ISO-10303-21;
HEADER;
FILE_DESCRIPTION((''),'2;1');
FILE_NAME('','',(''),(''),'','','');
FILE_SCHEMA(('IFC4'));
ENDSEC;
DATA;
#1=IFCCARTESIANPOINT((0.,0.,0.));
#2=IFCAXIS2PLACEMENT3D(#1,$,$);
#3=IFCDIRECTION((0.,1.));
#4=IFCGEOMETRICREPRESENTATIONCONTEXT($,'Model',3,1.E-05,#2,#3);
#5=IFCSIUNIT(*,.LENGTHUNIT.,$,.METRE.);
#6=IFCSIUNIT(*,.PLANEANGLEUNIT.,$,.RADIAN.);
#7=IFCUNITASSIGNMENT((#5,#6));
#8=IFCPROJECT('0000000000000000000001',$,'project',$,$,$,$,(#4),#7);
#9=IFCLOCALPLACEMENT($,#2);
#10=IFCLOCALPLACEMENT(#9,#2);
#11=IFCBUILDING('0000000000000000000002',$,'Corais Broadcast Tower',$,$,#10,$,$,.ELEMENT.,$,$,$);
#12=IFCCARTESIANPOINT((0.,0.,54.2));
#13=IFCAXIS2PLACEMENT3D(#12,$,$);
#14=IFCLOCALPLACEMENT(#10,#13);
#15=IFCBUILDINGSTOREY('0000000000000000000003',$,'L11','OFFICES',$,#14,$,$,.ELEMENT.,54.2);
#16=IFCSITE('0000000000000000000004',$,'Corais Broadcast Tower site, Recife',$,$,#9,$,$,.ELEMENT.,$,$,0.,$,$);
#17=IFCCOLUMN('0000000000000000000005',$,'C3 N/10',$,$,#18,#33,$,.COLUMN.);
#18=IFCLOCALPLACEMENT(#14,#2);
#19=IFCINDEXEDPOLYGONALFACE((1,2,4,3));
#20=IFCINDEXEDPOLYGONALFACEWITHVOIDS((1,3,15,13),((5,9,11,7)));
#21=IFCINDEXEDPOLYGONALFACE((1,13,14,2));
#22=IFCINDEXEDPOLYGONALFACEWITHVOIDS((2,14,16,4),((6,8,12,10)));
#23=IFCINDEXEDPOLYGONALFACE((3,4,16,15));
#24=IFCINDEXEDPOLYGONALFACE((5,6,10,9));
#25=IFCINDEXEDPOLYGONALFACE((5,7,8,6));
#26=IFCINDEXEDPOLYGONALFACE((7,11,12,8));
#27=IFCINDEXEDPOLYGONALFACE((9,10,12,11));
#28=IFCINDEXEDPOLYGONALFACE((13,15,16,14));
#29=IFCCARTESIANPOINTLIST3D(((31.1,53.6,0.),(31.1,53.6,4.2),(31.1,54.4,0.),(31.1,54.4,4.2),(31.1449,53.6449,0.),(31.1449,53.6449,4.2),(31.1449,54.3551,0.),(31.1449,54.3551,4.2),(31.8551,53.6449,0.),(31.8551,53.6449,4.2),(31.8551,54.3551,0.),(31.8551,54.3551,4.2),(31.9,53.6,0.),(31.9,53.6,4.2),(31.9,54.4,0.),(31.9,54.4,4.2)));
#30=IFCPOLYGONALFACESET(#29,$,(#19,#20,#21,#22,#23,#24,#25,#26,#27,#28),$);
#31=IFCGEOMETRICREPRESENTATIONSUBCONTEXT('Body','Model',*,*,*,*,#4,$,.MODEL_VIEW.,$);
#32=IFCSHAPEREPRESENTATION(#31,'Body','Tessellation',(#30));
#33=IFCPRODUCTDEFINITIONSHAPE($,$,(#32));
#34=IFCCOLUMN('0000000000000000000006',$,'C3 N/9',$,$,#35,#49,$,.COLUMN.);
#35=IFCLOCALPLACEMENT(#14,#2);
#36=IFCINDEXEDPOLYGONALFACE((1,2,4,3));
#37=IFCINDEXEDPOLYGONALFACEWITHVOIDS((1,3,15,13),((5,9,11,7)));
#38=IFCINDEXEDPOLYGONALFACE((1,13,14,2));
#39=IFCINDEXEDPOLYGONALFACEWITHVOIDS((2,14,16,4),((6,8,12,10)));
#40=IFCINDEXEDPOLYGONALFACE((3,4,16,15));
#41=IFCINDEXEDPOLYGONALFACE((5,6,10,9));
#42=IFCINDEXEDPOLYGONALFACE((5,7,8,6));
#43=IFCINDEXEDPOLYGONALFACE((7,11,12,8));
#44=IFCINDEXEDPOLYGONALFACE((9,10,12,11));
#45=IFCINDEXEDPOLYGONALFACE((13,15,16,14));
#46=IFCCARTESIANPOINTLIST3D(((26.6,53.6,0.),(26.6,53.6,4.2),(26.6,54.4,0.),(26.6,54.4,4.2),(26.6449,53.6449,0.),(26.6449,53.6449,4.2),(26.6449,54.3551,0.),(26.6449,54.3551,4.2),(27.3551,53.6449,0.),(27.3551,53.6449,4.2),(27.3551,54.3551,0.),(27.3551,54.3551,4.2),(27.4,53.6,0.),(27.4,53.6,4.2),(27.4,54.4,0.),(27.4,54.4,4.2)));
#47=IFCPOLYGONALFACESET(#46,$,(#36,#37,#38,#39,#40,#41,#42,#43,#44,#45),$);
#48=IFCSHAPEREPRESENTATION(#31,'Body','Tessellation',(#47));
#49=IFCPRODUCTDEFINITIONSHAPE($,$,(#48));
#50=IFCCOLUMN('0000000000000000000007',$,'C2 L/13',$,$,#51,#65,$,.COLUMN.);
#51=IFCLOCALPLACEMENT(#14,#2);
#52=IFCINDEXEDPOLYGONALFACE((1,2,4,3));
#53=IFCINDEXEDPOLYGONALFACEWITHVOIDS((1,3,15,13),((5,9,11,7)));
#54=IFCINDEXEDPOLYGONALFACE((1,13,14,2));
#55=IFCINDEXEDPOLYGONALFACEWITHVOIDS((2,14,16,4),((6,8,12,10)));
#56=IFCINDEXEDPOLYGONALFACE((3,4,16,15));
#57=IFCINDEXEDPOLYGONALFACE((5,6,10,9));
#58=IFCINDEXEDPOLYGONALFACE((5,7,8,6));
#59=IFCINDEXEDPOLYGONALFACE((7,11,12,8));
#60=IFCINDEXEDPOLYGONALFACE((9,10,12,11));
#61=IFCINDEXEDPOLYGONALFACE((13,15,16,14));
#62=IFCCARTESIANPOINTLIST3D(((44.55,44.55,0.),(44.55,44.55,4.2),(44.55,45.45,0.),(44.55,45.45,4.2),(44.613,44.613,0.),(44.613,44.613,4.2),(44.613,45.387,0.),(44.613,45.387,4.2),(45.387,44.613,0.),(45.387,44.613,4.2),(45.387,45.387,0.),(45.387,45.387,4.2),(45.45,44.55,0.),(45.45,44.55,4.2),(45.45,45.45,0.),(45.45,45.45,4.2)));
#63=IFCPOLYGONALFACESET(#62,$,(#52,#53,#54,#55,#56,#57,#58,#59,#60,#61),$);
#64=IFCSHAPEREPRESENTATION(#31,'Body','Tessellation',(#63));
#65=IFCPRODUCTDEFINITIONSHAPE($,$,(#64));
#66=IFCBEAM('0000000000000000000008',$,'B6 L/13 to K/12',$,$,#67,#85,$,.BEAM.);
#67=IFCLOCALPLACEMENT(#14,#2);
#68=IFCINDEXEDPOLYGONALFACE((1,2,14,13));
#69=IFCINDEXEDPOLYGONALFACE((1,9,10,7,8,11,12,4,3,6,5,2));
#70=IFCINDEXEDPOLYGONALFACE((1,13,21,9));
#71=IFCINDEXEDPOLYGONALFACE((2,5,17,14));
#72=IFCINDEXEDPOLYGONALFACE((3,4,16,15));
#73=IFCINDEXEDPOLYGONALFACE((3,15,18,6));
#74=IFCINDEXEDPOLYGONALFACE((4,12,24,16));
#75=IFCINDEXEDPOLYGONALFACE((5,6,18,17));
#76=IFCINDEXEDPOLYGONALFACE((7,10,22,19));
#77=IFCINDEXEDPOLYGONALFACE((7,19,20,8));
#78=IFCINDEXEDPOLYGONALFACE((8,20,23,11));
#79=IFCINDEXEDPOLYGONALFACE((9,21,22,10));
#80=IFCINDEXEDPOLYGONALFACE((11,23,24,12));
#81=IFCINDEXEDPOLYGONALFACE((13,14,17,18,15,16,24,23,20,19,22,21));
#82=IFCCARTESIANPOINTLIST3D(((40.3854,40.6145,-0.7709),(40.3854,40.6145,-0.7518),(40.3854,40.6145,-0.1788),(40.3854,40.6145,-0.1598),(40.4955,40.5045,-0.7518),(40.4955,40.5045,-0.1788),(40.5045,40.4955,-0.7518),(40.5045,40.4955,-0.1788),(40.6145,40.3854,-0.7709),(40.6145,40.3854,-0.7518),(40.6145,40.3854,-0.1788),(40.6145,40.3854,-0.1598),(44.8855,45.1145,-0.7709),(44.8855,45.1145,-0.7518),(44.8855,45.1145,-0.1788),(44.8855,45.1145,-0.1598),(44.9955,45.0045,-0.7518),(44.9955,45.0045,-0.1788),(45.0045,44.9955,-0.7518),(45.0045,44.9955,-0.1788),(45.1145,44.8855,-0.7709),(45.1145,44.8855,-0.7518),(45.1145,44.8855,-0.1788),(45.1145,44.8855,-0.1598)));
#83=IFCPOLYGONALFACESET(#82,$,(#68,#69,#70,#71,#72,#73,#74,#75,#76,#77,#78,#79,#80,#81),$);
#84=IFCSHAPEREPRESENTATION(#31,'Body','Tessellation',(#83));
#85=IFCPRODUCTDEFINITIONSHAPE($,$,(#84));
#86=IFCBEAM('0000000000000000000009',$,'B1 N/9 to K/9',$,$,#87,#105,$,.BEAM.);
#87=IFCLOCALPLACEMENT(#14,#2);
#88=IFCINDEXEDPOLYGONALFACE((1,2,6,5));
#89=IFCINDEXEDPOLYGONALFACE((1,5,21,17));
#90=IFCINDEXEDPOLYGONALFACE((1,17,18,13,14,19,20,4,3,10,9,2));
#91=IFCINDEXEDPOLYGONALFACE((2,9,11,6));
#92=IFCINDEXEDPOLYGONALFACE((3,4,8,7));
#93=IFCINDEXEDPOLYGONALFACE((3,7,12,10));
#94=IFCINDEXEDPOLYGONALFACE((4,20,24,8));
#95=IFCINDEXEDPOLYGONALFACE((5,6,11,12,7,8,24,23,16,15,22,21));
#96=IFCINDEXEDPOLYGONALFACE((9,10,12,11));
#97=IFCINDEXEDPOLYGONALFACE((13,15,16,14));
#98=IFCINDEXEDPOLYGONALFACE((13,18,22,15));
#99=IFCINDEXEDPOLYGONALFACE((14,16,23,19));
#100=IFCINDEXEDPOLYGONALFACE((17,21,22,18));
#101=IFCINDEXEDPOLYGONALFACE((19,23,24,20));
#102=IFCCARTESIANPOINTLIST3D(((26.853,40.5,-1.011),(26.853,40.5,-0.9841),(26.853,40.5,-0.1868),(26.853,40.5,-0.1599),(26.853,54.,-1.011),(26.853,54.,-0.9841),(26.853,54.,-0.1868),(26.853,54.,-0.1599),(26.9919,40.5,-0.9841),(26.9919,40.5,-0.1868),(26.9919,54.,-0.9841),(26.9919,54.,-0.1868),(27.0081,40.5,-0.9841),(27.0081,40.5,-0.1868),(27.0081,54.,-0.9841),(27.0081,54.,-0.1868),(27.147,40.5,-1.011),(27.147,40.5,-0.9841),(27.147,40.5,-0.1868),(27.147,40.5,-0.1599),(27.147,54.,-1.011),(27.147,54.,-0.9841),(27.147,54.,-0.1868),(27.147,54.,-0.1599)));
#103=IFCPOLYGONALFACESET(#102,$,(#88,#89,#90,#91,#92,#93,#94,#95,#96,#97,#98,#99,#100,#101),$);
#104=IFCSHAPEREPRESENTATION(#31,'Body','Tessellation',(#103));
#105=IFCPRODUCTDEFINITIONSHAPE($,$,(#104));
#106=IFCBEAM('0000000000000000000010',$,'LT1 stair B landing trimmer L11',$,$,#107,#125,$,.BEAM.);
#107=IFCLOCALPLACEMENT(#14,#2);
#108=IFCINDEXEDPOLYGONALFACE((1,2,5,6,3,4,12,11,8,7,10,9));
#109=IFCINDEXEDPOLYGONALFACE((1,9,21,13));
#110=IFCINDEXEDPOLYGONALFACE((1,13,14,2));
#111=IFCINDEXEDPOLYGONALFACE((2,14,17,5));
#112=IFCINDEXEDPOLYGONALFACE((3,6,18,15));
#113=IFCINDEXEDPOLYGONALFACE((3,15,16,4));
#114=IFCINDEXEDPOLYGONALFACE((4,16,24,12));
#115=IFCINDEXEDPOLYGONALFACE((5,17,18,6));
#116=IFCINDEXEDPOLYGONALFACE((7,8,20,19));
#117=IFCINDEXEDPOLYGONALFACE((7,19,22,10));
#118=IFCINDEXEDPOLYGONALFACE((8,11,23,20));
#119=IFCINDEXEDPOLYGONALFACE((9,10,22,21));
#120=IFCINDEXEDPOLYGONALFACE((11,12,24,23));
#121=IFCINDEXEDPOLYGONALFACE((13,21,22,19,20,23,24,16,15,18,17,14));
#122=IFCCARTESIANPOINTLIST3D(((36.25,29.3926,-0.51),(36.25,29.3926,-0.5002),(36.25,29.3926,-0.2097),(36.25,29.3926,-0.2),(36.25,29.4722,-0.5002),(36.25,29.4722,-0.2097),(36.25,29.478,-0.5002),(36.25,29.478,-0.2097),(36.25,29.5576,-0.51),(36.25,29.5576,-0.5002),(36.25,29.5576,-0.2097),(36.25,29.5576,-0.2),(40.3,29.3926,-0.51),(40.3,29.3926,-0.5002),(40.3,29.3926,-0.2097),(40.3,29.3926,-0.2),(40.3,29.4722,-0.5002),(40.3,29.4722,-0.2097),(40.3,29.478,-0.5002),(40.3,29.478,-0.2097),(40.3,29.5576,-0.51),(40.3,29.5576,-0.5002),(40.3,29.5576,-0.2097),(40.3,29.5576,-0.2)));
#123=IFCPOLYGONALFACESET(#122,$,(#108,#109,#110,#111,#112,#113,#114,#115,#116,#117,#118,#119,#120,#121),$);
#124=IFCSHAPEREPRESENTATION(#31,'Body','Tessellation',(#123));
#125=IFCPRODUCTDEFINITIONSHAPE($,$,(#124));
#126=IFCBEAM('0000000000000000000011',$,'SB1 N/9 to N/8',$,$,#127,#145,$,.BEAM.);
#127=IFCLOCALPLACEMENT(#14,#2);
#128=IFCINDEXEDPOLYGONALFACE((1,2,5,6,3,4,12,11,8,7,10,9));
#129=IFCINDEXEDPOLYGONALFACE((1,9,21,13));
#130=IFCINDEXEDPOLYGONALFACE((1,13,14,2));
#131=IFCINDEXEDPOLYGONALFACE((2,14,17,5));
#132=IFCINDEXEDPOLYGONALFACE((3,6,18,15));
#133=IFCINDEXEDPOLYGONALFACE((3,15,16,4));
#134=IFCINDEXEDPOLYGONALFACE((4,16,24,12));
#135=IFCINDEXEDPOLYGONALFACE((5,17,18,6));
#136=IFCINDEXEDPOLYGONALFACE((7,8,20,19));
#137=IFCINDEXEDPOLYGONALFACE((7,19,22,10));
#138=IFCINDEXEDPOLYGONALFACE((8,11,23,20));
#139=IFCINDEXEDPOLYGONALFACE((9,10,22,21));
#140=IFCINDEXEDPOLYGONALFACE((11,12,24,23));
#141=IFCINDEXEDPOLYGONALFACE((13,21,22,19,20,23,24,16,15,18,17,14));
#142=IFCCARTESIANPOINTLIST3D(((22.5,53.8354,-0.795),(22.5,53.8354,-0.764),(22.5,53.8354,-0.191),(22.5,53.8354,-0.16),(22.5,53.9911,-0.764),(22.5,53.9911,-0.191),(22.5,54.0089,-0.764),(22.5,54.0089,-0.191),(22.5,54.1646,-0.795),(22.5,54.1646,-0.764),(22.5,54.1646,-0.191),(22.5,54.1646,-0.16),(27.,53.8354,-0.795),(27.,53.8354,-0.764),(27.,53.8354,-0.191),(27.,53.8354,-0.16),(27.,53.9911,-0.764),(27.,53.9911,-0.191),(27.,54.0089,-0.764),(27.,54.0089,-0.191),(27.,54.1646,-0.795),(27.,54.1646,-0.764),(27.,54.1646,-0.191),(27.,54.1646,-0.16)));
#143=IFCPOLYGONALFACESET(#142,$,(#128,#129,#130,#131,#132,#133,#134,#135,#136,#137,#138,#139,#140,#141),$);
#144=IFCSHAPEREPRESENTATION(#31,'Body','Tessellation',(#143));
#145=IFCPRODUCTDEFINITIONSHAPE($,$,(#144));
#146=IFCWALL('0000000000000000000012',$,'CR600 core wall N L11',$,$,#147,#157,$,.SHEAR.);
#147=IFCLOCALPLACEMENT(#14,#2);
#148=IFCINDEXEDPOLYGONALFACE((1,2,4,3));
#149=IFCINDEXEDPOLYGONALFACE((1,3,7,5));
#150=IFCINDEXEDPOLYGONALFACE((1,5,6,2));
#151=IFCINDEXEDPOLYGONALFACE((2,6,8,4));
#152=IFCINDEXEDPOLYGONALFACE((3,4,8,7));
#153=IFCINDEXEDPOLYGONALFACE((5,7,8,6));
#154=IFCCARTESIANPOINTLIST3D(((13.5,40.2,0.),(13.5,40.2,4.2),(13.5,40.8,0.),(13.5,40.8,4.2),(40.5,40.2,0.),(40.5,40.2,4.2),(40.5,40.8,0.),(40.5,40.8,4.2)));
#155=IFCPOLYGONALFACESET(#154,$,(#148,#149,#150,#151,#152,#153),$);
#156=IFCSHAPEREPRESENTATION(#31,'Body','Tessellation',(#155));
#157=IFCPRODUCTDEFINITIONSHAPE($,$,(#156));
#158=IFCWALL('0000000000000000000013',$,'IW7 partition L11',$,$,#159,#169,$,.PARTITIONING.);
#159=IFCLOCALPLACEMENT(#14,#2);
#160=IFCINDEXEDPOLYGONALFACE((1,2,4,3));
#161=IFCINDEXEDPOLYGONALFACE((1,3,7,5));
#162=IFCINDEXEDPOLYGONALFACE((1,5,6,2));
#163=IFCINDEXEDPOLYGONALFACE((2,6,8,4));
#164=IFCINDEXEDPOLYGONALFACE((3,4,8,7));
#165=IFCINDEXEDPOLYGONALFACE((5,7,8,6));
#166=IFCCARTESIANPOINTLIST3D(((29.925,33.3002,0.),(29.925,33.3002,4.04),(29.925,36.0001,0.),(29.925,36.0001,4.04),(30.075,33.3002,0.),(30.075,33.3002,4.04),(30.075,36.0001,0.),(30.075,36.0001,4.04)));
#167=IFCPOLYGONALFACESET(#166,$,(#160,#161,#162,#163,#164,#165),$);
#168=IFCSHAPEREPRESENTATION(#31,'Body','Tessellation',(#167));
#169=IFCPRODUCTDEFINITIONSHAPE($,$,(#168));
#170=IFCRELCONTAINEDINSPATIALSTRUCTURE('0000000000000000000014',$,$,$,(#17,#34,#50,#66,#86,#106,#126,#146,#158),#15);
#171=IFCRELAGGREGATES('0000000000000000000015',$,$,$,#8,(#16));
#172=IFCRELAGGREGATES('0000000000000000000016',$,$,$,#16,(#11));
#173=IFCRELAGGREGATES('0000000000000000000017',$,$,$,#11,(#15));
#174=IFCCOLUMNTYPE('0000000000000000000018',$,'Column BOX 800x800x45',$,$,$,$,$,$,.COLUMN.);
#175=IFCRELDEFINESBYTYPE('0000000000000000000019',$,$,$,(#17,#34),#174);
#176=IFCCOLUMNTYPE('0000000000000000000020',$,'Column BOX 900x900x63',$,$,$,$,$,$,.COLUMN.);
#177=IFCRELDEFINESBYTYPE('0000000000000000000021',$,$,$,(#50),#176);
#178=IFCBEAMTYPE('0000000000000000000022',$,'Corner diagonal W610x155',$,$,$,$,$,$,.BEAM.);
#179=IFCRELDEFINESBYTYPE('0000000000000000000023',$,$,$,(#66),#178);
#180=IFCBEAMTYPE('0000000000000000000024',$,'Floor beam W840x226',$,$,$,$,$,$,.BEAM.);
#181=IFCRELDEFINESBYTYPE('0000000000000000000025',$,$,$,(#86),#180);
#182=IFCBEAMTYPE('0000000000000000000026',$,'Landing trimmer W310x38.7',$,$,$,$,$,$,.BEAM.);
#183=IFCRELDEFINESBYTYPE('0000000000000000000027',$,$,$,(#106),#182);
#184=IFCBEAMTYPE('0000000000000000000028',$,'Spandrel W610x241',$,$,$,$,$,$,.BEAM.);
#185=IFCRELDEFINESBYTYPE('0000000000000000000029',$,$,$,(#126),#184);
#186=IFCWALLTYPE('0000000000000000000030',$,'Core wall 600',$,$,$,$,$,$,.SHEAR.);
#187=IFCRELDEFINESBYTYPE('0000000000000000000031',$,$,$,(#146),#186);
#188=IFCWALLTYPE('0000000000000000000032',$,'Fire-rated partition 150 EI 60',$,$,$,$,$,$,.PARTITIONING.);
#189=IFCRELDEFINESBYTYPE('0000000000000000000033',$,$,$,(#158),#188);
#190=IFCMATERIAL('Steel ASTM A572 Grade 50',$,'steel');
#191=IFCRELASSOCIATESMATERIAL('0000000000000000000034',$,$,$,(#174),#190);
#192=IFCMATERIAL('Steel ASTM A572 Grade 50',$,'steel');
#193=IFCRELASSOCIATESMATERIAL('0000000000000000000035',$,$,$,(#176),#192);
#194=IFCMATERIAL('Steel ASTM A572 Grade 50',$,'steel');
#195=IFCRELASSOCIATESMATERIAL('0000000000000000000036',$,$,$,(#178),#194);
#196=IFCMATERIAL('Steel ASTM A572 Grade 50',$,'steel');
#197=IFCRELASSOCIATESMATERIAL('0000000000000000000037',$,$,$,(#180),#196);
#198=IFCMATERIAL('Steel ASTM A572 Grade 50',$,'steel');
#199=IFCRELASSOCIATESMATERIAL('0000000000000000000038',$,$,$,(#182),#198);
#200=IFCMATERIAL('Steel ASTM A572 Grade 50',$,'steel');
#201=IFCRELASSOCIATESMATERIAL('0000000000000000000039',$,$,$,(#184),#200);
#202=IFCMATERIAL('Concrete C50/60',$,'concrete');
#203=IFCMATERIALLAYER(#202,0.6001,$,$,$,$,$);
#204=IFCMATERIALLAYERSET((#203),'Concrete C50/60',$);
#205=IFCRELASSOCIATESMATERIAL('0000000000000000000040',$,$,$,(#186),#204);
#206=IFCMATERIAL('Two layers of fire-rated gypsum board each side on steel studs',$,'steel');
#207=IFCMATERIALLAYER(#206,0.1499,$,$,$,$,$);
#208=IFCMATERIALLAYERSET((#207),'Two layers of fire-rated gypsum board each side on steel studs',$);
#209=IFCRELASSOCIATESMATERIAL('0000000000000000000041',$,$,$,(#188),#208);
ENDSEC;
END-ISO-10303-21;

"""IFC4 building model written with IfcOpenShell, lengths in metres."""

from ifc_helpers import new_model, si_unit, direction, frame, frame_2d, origin, origin_2d, place, context, subcontext, project, spatial, rectangle, hollow_rectangle, i_section, extrude, material, layer, layer_set, material_profile, profile_set, type_object, element, save


model = new_model("IFC4")

# Units and contexts
model_context = context("Model", 3, precision=1e-05, world=origin(), true_north=direction((0.0, 1.0)))
body_context = subcontext(model_context, "Body", "Model", "MODEL_VIEW")
ifc_project = project(units=[si_unit("LENGTHUNIT", "METRE"), si_unit("PLANEANGLEUNIT", "RADIAN")], contexts=[model_context])

# Site, building, storey
site_placement = place(None, origin())
site = spatial("IfcSite", under=ifc_project, at=site_placement, Name="Corais Broadcast Tower site, Recife", CompositionType="ELEMENT", RefElevation=0.0)
building_placement = place(site_placement, origin())
building = spatial("IfcBuilding", under=site, at=building_placement, Name="Corais Broadcast Tower", CompositionType="ELEMENT")
storey_placement = place(building_placement, frame((0.0, 0.0, 54.2)))
storey = spatial("IfcBuildingStorey", under=building, at=storey_placement, Name="L11", Description="OFFICES", CompositionType="ELEMENT", Elevation=54.2)

# Columns
ifc_material_1 = material(Name="Steel ASTM A572 Grade 50", Category="steel")
ifc_material_profile_1 = material_profile(ifc_material_1, hollow_rectangle(XDim=0.8, YDim=0.8, WallThickness=0.0449, at=origin_2d()), Name="BOX 800x800x45")
ifc_profile_set_1 = profile_set([ifc_material_profile_1], Name="Steel ASTM A572 Grade 50")
column_type_1 = type_object("IfcColumnType", Name="Column BOX 800x800x45", PredefinedType="COLUMN", material=ifc_profile_set_1)
for number, where, z_axis, x_axis, name in (
    (1, (31.5, 54.0, 0.0), (0.0, 0.0, 1.0), (1.0, 0.0, 0.0), "C3 N/10"),
    (2, (27.0, 54.0, 0.0), (0.0, 0.0, 1.0), (1.0, 0.0, 0.0), "C3 N/9"),
):
    element("IfcColumn", number, at=place(storey_placement, frame(where, z_axis=z_axis, x_axis=x_axis)), inside=storey, type_object=column_type_1, Name=name, PredefinedType="COLUMN", context=body_context, shape_type="SweptSolid", body=[
        extrude(hollow_rectangle(XDim=0.8, YDim=0.8, WallThickness=0.0449, at=origin_2d()), origin(), (0.0, 0.0, 1.0), 4.2),
    ])
ifc_material_2 = material(Name="Steel ASTM A572 Grade 50", Category="steel")
ifc_material_profile_2 = material_profile(ifc_material_2, hollow_rectangle(XDim=0.8999, YDim=0.8999, WallThickness=0.063, at=origin_2d()), Name="BOX 900x900x63")
ifc_profile_set_2 = profile_set([ifc_material_profile_2], Name="Steel ASTM A572 Grade 50")
column_type_2 = type_object("IfcColumnType", Name="Column BOX 900x900x63", PredefinedType="COLUMN", material=ifc_profile_set_2)
column_placement = place(storey_placement, frame((45.0, 45.0, 0.0), z_axis=(0.0, 0.0, 1.0), x_axis=(1.0, 0.0, 0.0)))
element("IfcColumn", 3, at=column_placement, inside=storey, type_object=column_type_2, Name="C2 L/13", PredefinedType="COLUMN", context=body_context, shape_type="SweptSolid", body=[
    extrude(hollow_rectangle(XDim=0.8999, YDim=0.8999, WallThickness=0.063, at=origin_2d()), origin(), (0.0, 0.0, 1.0), 4.2),
])

# Beams
ifc_material_3 = material(Name="Steel ASTM A572 Grade 50", Category="steel")
ifc_material_profile_3 = material_profile(ifc_material_3, i_section(OverallWidth=0.324, OverallDepth=0.6111, WebThickness=0.0127, FlangeThickness=0.019, at=origin_2d()), Name="W610x155")
ifc_profile_set_3 = profile_set([ifc_material_profile_3], Name="Steel ASTM A572 Grade 50")
beam_type_1 = type_object("IfcBeamType", Name="Corner diagonal W610x155", PredefinedType="BEAM", material=ifc_profile_set_3)
beam_1_placement = place(storey_placement, frame((45.0, 45.0, -0.4653), z_axis=(-0.707107, -0.707107, 0.0), x_axis=(0.707107, -0.707107, 0.0)))
element("IfcBeam", 4, at=beam_1_placement, inside=storey, type_object=beam_type_1, Name="B6 L/13 to K/12", PredefinedType="BEAM", context=body_context, shape_type="SweptSolid", body=[
    extrude(i_section(OverallWidth=0.324, OverallDepth=0.6111, WebThickness=0.0127, FlangeThickness=0.019, at=origin_2d()), origin(), (0.0, 0.0, 1.0), 6.364),
])
ifc_material_4 = material(Name="Steel ASTM A572 Grade 50", Category="steel")
ifc_material_profile_4 = material_profile(ifc_material_4, i_section(OverallWidth=0.2939, OverallDepth=0.8511, WebThickness=0.0161, FlangeThickness=0.0269, at=origin_2d()), Name="W840x226")
ifc_profile_set_4 = profile_set([ifc_material_profile_4], Name="Steel ASTM A572 Grade 50")
beam_type_2 = type_object("IfcBeamType", Name="Floor beam W840x226", PredefinedType="BEAM", material=ifc_profile_set_4)
beam_2_placement = place(storey_placement, frame((27.0, 54.0, -0.5854), z_axis=(0.0, -1.0, 0.0), x_axis=(1.0, 0.0, 0.0)))
element("IfcBeam", 5, at=beam_2_placement, inside=storey, type_object=beam_type_2, Name="B1 N/9 to K/9", PredefinedType="BEAM", context=body_context, shape_type="SweptSolid", body=[
    extrude(i_section(OverallWidth=0.2939, OverallDepth=0.8511, WebThickness=0.0161, FlangeThickness=0.0269, at=origin_2d()), origin(), (0.0, 0.0, 1.0), 13.5),
])
ifc_material_5 = material(Name="Steel ASTM A572 Grade 50", Category="steel")
ifc_material_profile_5 = material_profile(ifc_material_5, i_section(OverallWidth=0.165, OverallDepth=0.3101, WebThickness=0.0059, FlangeThickness=0.0098, at=origin_2d()), Name="W310x38.7")
ifc_profile_set_5 = profile_set([ifc_material_profile_5], Name="Steel ASTM A572 Grade 50")
beam_type_3 = type_object("IfcBeamType", Name="Landing trimmer W310x38.7", PredefinedType="BEAM", material=ifc_profile_set_5)
beam_3_placement = place(storey_placement, frame((36.25, 29.4751, -0.355), z_axis=(1.0, 0.0, 0.0), x_axis=(0.0, 1.0, 0.0)))
element("IfcBeam", 6, at=beam_3_placement, inside=storey, type_object=beam_type_3, Name="LT1 stair B landing trimmer L11", PredefinedType="BEAM", context=body_context, shape_type="SweptSolid", body=[
    extrude(i_section(OverallWidth=0.165, OverallDepth=0.3101, WebThickness=0.0059, FlangeThickness=0.0098, at=origin_2d()), origin(), (0.0, 0.0, 1.0), 4.05),
])
ifc_material_6 = material(Name="Steel ASTM A572 Grade 50", Category="steel")
ifc_material_profile_6 = material_profile(ifc_material_6, i_section(OverallWidth=0.3291, OverallDepth=0.635, WebThickness=0.0178, FlangeThickness=0.031, at=origin_2d()), Name="W610x241")
ifc_profile_set_6 = profile_set([ifc_material_profile_6], Name="Steel ASTM A572 Grade 50")
beam_type_4 = type_object("IfcBeamType", Name="Spandrel W610x241", PredefinedType="BEAM", material=ifc_profile_set_6)
beam_4_placement = place(storey_placement, frame((27.0, 54.0, -0.4775), z_axis=(-1.0, 0.0, 0.0), x_axis=(0.0, -1.0, 0.0)))
element("IfcBeam", 7, at=beam_4_placement, inside=storey, type_object=beam_type_4, Name="SB1 N/9 to N/8", PredefinedType="BEAM", context=body_context, shape_type="SweptSolid", body=[
    extrude(i_section(OverallWidth=0.3291, OverallDepth=0.635, WebThickness=0.0178, FlangeThickness=0.031, at=origin_2d()), origin(), (0.0, 0.0, 1.0), 4.5),
])

# Walls
ifc_material_7 = material(Name="Concrete C50/60", Category="concrete")
ifc_layer_1 = layer(ifc_material_7, 0.6001)
ifc_layer_set_1 = layer_set([ifc_layer_1], Name="Concrete C50/60")
wall_type_1 = type_object("IfcWallType", Name="Core wall 600", PredefinedType="SHEAR", material=ifc_layer_set_1)
wall_1_placement = place(storey_placement, frame((40.5, 40.5, 0.0), z_axis=(0.0, 0.0, 1.0), x_axis=(-1.0, 0.0, 0.0)))
element("IfcWall", 8, at=wall_1_placement, inside=storey, type_object=wall_type_1, Name="CR600 core wall N L11", PredefinedType="SHEAR", context=body_context, shape_type="SweptSolid", body=[
    extrude(rectangle(XDim=27.0, YDim=0.6001, at=frame_2d((13.5, 0.0))), origin(), (0.0, 0.0, 1.0), 4.2),
])
ifc_material_8 = material(Name="Two layers of fire-rated gypsum board each side on steel studs", Category="steel")
ifc_layer_2 = layer(ifc_material_8, 0.1499)
ifc_layer_set_2 = layer_set([ifc_layer_2], Name="Two layers of fire-rated gypsum board each side on steel studs")
wall_type_2 = type_object("IfcWallType", Name="Fire-rated partition 150 EI 60", PredefinedType="PARTITIONING", material=ifc_layer_set_2)
wall_2_placement = place(storey_placement, frame((30.0, 33.3, 0.0), z_axis=(0.0, 0.0, 1.0), x_axis=(0.0, 1.0, 0.0)))
element("IfcWall", 9, at=wall_2_placement, inside=storey, type_object=wall_type_2, Name="IW7 partition L11", PredefinedType="PARTITIONING", context=body_context, shape_type="SweptSolid", body=[
    extrude(rectangle(XDim=2.7, YDim=0.1499, at=frame_2d((1.3501, 0.0))), origin(), (0.0, 0.0, 1.0), 4.04),
])

save(model, "model.ifc")
